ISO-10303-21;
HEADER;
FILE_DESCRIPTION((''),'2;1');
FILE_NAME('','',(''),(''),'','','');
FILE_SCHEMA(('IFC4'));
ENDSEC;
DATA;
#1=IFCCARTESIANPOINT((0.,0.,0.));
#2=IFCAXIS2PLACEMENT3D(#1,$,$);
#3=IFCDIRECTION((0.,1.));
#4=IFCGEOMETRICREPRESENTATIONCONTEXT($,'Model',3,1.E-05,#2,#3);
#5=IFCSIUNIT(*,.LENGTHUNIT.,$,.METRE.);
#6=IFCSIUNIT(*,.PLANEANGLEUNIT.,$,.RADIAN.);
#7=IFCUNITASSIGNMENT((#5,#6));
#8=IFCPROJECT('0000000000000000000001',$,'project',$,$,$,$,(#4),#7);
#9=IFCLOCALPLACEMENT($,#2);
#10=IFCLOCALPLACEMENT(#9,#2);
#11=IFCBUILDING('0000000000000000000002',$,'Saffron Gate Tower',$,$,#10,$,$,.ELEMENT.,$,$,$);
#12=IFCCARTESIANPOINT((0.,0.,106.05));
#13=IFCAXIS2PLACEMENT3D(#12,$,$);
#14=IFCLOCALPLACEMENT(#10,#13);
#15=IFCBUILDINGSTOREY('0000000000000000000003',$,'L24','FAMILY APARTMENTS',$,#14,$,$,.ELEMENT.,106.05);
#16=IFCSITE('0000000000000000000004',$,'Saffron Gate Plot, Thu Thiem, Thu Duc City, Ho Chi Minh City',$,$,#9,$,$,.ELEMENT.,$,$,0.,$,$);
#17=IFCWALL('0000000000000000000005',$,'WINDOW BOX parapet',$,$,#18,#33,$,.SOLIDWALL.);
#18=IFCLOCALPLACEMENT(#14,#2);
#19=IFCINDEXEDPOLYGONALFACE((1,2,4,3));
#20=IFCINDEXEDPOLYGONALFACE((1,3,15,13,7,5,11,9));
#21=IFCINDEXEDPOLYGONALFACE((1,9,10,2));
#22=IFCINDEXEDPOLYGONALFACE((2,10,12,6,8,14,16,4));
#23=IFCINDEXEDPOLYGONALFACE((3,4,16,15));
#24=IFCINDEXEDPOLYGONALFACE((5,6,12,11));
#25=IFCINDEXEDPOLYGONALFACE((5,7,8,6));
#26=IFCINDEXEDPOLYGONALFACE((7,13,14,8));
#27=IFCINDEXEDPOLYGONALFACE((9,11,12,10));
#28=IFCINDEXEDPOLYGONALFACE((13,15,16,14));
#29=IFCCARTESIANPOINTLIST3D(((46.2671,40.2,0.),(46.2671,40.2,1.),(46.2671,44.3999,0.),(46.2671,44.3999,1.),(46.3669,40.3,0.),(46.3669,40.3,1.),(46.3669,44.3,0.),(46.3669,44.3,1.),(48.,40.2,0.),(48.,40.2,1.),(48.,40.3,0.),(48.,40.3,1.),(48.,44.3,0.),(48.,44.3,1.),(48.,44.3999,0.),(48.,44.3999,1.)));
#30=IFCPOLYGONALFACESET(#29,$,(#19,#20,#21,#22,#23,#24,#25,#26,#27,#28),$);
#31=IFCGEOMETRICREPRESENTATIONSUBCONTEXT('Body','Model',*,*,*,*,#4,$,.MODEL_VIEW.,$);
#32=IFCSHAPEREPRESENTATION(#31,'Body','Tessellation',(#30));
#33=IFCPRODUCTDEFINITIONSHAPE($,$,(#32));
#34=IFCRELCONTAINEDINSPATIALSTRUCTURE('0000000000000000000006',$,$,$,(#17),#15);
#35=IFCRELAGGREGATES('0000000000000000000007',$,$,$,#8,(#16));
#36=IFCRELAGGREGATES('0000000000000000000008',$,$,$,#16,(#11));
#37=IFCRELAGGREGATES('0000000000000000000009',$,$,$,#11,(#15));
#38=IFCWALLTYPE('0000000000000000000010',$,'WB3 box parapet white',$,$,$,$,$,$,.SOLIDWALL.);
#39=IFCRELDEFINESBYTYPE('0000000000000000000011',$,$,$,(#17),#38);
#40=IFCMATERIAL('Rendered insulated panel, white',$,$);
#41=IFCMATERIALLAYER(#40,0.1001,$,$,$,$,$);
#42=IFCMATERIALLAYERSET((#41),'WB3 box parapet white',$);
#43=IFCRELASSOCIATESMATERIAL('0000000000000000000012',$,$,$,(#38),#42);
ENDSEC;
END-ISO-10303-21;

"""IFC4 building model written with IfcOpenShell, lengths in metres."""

from ifc_helpers import new_model, si_unit, direction, frame, origin, place, context, subcontext, project, spatial, polyline, outline, extrude, material, layer, layer_set, type_object, element, save


model = new_model("IFC4")

# Units and contexts
model_context = context("Model", 3, precision=1e-05, world=origin(), true_north=direction((0.0, 1.0)))
body_context = subcontext(model_context, "Body", "Model", "MODEL_VIEW")
ifc_project = project(units=[si_unit("LENGTHUNIT", "METRE"), si_unit("PLANEANGLEUNIT", "RADIAN")], contexts=[model_context])

# Site, building, storey
site_placement = place(None, origin())
site = spatial("IfcSite", under=ifc_project, at=site_placement, Name="Saffron Gate Plot, Thu Thiem, Thu Duc City, Ho Chi Minh City", CompositionType="ELEMENT", RefElevation=0.0)
building_placement = place(site_placement, origin())
building = spatial("IfcBuilding", under=site, at=building_placement, Name="Saffron Gate Tower", CompositionType="ELEMENT")
storey_placement = place(building_placement, frame((0.0, 0.0, 106.05)))
storey = spatial("IfcBuildingStorey", under=building, at=storey_placement, Name="L24", Description="FAMILY APARTMENTS", CompositionType="ELEMENT", Elevation=106.05)

# Wall
ifc_material_1 = material(Name="Rendered insulated panel, white")
ifc_layer_1 = layer(ifc_material_1, 0.1001)
ifc_layer_set_1 = layer_set([ifc_layer_1], Name="WB3 box parapet white")
wall_type_1 = type_object("IfcWallType", Name="WB3 box parapet white", PredefinedType="SOLIDWALL", material=ifc_layer_set_1)
wall_1_placement = place(storey_placement, origin())
element("IfcWall", 1, at=wall_1_placement, inside=storey, type_object=wall_type_1, Name="WINDOW BOX parapet", PredefinedType="SOLIDWALL", context=body_context, shape_type="SweptSolid", body=[
    extrude(outline(polyline([(48.0, 44.3999), (48.0, 44.3), (46.3669, 44.3), (46.3669, 40.3), (48.0, 40.3), (48.0, 40.2), (46.2671, 40.2), (46.2671, 44.3999), (48.0, 44.3999)])), origin(), (0.0, 0.0, 1.0), 1.0),
])

save(model, "model.ifc")
